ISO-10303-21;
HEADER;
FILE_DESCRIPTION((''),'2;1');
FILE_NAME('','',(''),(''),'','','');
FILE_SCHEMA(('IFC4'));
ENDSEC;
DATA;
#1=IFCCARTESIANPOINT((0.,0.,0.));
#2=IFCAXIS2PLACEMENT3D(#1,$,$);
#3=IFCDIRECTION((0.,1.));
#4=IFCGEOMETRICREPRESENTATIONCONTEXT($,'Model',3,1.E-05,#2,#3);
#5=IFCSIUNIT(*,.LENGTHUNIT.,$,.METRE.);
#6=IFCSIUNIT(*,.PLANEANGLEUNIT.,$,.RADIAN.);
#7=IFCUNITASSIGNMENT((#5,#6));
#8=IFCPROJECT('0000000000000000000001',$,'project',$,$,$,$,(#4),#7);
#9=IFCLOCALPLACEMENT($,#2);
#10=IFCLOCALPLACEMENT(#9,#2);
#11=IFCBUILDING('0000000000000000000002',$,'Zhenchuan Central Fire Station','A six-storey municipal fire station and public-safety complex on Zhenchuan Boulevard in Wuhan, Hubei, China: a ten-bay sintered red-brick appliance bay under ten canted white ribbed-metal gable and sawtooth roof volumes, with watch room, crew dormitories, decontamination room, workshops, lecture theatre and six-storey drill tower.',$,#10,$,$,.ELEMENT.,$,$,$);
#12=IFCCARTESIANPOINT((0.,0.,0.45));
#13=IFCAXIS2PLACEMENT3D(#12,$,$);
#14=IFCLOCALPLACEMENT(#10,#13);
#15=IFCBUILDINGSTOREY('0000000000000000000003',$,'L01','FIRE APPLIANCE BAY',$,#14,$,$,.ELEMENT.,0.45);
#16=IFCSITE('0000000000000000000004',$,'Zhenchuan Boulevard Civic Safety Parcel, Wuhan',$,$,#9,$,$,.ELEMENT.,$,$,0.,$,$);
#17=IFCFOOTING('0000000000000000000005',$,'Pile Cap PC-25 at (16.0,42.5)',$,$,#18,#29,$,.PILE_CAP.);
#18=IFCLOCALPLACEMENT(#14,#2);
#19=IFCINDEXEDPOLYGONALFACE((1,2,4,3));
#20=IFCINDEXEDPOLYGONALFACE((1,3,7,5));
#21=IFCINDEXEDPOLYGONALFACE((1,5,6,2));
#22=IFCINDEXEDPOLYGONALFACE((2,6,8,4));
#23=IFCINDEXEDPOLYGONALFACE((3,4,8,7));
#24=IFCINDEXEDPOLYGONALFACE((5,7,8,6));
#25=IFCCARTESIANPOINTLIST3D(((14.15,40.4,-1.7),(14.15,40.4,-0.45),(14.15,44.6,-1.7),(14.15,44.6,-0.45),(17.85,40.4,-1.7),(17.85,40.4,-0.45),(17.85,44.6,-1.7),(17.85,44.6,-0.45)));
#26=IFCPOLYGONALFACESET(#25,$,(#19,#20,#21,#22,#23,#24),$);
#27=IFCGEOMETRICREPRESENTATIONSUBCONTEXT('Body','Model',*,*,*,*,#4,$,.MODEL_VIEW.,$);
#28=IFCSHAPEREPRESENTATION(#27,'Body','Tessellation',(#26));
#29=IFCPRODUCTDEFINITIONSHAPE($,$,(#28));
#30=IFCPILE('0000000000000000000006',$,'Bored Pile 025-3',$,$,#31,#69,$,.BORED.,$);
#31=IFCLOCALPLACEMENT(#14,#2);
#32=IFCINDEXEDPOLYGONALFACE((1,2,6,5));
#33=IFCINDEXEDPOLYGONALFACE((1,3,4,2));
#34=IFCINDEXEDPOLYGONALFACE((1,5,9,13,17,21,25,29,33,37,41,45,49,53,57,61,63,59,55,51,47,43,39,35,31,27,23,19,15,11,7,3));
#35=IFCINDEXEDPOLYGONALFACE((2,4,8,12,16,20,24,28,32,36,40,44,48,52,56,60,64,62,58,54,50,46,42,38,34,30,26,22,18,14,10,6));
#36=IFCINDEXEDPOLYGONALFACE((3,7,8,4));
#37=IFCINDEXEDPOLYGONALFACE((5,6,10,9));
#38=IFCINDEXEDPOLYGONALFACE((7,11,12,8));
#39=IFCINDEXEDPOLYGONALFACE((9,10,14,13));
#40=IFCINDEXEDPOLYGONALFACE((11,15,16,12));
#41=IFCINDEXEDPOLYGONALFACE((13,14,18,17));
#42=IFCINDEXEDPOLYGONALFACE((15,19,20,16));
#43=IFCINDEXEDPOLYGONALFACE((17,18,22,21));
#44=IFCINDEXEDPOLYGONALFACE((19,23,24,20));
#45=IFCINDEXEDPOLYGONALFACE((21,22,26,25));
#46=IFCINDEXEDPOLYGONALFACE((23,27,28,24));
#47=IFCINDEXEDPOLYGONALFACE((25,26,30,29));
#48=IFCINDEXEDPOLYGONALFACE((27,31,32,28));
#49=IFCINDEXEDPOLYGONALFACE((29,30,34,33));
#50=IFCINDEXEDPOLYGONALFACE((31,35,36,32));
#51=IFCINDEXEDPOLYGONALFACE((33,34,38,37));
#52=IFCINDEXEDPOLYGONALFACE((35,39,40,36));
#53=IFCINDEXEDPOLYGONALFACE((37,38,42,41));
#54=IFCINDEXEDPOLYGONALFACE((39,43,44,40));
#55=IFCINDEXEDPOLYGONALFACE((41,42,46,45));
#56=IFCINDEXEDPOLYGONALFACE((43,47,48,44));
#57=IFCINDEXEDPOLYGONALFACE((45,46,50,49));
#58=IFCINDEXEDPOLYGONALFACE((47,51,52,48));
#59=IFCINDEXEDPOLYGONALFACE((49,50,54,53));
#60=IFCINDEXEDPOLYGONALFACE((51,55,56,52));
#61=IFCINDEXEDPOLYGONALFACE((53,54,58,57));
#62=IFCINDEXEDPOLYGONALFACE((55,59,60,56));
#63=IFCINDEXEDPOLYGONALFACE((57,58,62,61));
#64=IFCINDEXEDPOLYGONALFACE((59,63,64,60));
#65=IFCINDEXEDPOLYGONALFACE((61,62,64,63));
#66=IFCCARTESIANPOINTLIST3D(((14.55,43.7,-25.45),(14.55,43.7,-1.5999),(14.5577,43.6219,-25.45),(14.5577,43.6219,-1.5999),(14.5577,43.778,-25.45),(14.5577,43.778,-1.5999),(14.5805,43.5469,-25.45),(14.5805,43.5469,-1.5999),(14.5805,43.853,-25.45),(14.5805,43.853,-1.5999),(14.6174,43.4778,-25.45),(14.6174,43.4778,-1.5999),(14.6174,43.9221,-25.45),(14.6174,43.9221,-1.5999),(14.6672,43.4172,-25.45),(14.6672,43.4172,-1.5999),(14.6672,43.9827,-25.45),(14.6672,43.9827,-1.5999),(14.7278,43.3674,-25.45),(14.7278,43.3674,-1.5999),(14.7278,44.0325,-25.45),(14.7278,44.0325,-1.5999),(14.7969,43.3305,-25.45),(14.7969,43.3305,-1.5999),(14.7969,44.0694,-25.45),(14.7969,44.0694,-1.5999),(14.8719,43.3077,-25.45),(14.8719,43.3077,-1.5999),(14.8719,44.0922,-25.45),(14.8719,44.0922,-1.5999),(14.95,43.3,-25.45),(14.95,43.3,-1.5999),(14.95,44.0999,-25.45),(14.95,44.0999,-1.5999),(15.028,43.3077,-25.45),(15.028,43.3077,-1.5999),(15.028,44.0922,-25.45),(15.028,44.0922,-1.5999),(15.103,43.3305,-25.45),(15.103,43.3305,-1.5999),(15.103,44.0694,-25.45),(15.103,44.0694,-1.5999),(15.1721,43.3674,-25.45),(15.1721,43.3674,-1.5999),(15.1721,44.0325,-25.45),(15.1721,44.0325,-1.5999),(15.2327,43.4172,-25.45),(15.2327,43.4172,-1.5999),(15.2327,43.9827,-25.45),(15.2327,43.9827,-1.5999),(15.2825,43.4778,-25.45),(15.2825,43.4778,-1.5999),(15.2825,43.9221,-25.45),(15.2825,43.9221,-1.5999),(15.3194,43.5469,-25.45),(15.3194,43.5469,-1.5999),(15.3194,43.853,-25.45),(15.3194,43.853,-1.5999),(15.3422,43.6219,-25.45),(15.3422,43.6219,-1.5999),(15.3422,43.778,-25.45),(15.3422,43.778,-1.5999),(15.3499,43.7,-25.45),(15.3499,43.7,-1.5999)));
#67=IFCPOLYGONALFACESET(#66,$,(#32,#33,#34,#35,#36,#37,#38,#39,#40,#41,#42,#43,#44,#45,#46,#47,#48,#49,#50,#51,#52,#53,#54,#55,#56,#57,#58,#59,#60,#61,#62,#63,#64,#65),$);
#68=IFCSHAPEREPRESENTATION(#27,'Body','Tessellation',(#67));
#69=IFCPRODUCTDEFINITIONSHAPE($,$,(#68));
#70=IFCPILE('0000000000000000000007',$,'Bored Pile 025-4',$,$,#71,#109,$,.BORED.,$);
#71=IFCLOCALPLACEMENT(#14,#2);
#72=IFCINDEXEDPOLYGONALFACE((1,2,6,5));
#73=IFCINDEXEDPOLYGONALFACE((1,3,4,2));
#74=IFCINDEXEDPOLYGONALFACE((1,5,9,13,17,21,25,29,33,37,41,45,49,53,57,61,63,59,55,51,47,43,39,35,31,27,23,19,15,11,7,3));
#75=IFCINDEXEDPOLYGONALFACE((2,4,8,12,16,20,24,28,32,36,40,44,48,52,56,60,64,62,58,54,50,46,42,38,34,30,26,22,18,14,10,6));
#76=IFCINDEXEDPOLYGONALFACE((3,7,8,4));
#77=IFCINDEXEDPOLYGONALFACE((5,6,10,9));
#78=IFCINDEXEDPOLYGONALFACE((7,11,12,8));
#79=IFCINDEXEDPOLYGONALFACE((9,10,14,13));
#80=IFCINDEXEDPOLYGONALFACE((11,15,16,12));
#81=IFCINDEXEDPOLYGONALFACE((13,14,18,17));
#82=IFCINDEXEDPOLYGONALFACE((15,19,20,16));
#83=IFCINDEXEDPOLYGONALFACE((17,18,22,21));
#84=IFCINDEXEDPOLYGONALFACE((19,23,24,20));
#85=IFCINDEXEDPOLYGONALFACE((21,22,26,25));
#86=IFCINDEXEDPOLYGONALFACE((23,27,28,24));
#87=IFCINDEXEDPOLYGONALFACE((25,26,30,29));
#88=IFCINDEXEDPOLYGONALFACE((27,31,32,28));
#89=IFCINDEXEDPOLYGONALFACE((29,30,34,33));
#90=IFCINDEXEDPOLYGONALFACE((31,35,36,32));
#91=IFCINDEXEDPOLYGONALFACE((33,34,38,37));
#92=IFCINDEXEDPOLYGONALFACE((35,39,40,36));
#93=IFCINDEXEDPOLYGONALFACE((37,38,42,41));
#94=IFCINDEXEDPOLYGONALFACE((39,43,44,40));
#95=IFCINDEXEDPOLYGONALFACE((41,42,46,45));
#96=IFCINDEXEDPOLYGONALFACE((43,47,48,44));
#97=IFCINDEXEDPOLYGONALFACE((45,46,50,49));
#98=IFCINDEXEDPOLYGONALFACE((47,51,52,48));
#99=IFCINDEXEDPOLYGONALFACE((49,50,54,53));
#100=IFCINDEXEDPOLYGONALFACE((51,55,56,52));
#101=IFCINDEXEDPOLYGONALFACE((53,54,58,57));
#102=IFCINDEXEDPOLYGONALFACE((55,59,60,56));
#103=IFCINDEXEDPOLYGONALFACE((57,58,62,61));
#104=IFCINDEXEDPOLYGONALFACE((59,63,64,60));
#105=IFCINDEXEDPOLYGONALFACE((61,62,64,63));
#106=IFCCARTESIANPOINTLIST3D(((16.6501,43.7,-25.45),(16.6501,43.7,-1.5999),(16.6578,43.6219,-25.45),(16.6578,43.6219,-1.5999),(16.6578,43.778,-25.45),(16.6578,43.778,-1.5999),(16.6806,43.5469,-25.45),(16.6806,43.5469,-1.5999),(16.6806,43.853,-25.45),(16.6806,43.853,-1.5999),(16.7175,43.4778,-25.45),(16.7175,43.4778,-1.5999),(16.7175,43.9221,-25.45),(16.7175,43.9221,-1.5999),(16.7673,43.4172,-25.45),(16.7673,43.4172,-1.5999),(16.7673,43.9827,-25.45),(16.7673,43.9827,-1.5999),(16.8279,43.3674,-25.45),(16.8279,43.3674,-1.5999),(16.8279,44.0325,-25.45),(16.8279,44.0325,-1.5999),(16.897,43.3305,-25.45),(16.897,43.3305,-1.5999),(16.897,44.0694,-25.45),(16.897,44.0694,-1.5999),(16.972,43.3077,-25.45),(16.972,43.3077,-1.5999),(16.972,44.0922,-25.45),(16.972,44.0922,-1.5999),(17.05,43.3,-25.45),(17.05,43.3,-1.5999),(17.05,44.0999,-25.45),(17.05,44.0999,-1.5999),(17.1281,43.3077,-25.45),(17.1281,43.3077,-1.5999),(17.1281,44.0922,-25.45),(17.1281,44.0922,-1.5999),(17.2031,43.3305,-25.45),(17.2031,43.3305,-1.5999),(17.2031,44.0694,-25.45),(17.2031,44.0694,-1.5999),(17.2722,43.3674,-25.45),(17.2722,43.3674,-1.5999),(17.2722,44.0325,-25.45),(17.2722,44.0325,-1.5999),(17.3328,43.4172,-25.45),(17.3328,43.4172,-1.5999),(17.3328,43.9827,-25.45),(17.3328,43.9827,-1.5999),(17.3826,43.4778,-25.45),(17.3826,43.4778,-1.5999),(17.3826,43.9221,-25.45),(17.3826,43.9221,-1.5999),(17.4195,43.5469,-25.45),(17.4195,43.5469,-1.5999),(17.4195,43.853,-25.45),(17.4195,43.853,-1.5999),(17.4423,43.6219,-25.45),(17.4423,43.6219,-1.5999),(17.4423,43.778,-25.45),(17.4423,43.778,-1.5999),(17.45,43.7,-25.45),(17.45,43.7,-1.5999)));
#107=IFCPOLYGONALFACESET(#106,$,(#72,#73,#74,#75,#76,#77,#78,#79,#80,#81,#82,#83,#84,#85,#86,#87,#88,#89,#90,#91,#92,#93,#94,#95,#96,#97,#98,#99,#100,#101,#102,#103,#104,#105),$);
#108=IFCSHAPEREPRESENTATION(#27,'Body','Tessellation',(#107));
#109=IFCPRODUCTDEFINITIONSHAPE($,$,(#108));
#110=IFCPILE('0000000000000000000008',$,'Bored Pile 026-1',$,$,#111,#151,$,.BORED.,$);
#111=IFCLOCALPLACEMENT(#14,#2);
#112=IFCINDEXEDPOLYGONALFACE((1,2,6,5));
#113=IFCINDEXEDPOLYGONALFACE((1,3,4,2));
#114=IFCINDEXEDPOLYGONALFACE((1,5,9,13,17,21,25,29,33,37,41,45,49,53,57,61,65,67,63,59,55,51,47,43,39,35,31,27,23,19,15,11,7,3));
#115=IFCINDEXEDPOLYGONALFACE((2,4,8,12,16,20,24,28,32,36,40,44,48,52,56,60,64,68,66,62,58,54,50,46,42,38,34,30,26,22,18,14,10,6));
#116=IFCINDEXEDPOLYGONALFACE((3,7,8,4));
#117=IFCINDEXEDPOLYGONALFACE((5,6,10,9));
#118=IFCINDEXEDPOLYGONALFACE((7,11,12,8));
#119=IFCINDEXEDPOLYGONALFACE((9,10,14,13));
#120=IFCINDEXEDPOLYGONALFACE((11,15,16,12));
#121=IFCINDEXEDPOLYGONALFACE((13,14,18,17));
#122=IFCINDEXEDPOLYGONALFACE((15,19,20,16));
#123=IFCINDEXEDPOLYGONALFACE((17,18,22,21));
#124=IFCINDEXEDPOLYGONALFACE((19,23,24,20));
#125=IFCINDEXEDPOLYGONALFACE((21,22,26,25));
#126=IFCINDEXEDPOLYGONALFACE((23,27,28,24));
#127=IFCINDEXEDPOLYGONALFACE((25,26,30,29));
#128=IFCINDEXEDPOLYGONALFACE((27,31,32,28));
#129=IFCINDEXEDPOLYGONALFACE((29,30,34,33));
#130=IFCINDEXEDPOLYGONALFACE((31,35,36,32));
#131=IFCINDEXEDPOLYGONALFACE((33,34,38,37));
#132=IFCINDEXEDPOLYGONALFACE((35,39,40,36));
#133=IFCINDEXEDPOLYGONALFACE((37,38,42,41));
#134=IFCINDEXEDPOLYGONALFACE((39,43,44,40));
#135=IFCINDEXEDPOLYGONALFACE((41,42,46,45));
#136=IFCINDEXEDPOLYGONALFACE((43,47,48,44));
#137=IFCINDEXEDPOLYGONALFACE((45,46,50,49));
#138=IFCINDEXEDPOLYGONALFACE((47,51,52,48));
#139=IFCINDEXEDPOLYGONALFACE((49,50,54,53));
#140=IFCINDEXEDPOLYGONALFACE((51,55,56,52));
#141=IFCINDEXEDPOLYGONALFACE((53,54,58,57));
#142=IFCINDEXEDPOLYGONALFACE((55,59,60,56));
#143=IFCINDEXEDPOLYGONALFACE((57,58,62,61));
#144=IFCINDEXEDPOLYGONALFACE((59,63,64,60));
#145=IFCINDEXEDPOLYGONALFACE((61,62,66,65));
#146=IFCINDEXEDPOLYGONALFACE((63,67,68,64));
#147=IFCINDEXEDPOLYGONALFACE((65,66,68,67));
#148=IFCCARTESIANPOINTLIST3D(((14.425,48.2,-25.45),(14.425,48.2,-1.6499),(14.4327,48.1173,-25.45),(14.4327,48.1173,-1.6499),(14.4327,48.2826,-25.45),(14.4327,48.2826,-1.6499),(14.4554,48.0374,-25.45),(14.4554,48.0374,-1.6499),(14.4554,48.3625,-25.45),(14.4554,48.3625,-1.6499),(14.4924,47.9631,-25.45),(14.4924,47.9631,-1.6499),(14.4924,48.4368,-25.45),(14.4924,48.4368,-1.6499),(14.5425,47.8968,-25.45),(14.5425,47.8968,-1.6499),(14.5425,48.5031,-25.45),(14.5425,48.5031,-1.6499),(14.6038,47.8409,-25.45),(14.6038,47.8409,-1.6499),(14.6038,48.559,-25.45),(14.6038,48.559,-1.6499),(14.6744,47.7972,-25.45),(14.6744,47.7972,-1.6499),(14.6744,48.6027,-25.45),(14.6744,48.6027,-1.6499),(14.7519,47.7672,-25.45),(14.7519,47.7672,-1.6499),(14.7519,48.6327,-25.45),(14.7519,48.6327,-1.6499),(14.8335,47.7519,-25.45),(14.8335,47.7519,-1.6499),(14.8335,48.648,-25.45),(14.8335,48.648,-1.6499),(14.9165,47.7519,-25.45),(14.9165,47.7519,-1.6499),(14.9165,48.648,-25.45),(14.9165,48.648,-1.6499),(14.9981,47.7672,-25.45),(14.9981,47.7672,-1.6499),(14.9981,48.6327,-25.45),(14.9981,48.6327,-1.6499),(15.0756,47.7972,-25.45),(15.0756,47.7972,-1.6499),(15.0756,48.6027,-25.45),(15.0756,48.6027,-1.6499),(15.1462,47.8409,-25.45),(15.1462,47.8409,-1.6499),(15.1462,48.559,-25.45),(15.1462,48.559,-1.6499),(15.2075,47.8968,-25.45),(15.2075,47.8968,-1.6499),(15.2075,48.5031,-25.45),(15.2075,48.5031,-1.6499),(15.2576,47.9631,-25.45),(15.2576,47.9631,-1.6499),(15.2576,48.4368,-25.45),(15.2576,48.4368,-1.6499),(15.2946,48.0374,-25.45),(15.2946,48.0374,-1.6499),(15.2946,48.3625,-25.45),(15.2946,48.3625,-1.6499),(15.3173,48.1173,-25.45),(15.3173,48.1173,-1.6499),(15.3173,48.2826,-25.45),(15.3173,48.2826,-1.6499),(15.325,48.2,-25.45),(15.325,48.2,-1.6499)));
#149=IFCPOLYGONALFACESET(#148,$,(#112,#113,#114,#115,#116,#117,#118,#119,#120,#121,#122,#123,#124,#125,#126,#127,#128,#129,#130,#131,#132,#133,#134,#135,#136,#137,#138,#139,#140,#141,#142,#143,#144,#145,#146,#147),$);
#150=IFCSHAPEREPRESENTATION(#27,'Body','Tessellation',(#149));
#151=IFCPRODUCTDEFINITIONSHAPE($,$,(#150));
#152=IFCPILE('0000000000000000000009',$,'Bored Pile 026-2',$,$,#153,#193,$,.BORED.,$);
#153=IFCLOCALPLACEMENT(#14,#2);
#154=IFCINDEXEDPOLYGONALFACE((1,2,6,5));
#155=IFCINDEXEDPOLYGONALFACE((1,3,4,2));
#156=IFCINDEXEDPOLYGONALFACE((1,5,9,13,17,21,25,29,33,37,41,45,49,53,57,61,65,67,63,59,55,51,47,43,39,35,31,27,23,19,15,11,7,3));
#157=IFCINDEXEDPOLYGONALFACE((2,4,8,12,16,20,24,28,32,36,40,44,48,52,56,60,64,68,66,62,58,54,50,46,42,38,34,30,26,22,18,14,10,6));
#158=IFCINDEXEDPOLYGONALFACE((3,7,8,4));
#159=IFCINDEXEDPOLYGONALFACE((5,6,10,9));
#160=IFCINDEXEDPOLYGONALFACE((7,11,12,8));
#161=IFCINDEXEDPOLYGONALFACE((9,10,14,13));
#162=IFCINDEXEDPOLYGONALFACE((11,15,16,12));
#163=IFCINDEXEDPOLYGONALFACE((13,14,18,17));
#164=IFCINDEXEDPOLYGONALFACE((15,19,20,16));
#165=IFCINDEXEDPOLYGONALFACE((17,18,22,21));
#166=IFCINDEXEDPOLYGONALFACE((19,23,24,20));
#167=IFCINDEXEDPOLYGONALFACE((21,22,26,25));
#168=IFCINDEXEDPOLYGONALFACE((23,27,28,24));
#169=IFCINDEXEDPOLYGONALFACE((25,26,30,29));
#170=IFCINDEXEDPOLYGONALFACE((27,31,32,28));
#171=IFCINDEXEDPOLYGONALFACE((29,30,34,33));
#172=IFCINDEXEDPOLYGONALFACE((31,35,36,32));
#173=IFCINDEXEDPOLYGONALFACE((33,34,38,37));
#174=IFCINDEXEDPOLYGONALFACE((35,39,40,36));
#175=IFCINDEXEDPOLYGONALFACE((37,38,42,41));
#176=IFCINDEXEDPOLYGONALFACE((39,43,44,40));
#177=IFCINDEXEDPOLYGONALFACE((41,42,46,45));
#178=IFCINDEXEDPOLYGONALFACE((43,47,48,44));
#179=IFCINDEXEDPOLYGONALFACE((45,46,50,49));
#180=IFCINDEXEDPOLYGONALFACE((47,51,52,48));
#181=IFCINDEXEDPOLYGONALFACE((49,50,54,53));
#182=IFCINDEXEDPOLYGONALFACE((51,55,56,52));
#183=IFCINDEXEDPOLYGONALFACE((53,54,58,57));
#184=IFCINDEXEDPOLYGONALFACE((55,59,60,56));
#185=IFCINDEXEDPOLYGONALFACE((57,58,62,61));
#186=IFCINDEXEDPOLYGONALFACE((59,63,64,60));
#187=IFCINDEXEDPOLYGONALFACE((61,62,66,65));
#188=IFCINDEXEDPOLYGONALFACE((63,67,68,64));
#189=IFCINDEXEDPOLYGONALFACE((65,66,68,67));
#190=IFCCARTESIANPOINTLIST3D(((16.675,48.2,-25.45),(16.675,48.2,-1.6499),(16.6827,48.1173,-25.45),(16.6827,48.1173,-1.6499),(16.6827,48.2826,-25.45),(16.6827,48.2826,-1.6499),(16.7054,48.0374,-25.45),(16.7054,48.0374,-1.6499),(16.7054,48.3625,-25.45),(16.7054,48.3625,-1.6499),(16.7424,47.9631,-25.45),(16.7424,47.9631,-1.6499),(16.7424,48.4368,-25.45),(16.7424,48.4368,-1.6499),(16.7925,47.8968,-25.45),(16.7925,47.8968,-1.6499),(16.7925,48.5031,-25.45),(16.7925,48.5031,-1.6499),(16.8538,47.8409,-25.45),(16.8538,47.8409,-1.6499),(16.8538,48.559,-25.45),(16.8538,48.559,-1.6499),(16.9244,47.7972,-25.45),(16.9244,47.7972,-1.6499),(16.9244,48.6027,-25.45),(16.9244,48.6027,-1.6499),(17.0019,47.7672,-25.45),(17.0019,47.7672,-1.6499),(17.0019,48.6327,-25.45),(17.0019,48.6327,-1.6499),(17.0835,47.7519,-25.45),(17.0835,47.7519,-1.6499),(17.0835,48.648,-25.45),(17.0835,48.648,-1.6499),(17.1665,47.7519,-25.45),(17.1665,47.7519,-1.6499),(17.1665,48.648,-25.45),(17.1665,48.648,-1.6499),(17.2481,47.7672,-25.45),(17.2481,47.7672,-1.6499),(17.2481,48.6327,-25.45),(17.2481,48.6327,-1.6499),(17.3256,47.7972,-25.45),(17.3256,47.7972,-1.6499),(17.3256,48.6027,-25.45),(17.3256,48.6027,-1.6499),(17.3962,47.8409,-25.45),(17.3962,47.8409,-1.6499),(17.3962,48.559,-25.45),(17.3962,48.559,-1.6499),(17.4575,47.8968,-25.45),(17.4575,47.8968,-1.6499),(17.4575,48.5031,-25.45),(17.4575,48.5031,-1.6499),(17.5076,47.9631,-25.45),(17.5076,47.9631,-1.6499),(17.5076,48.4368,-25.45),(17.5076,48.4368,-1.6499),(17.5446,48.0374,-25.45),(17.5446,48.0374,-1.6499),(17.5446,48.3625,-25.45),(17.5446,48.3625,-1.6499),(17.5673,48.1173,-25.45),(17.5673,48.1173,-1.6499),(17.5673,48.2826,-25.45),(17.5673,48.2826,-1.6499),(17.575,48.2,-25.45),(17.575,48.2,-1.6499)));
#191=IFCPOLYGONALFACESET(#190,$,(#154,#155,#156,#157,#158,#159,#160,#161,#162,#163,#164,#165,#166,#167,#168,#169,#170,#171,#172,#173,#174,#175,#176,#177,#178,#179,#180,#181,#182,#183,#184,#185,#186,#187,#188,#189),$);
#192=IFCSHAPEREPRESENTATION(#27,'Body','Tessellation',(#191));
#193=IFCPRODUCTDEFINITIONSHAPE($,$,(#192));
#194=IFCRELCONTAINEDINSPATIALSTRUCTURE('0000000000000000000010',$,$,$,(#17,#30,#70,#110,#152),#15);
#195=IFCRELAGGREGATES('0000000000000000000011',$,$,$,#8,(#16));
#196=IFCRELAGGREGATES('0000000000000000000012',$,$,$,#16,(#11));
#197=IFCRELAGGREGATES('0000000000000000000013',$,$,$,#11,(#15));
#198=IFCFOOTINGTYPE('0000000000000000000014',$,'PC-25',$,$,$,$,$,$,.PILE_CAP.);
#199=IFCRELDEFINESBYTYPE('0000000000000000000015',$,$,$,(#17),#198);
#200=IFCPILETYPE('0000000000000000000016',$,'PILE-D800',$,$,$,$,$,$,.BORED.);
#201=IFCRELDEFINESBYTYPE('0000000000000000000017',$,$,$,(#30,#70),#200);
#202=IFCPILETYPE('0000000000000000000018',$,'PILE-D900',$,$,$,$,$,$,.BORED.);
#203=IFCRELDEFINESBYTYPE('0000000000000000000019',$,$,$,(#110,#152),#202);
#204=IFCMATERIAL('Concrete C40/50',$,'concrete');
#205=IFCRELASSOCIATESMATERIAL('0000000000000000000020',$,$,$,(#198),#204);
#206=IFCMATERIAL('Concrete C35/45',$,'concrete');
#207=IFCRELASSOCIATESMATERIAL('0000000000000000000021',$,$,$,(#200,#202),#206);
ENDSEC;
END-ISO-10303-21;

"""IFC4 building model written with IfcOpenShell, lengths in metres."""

from ifc_helpers import new_model, si_unit, direction, frame, origin, origin_2d, place, context, subcontext, project, spatial, rectangle, circle, extrude, material, material_profile, profile_set, type_object, element, save


model = new_model("IFC4")

# Units and contexts
model_context = context("Model", 3, precision=1e-05, world=origin(), true_north=direction((0.0, 1.0)))
body_context = subcontext(model_context, "Body", "Model", "MODEL_VIEW")
ifc_project = project(units=[si_unit("LENGTHUNIT", "METRE"), si_unit("PLANEANGLEUNIT", "RADIAN")], contexts=[model_context])

# Site, building, storey
site_placement = place(None, origin())
site = spatial("IfcSite", under=ifc_project, at=site_placement, Name="Zhenchuan Boulevard Civic Safety Parcel, Wuhan", CompositionType="ELEMENT", RefElevation=0.0)
building_placement = place(site_placement, origin())
building = spatial("IfcBuilding", under=site, at=building_placement, Name="Zhenchuan Central Fire Station", Description="A six-storey municipal fire station and public-safety complex on Zhenchuan Boulevard in Wuhan, Hubei, China: a ten-bay sintered red-brick appliance bay under ten canted white ribbed-metal gable and sawtooth roof volumes, with watch room, crew dormitories, decontamination room, workshops, lecture theatre and six-storey drill tower.", CompositionType="ELEMENT")
storey_placement = place(building_placement, frame((0.0, 0.0, 0.45)))
storey = spatial("IfcBuildingStorey", under=building, at=storey_placement, Name="L01", Description="FIRE APPLIANCE BAY", CompositionType="ELEMENT", Elevation=0.45)

# Footing
ifc_material_1 = material(Name="Concrete C40/50", Category="concrete")
footing_type = type_object("IfcFootingType", Name="PC-25", PredefinedType="PILE_CAP", material=ifc_material_1)
footing_placement = place(storey_placement, frame((16.0, 42.5, -1.7), z_axis=(0.0, 0.0, 1.0), x_axis=(1.0, 0.0, 0.0)))
element("IfcFooting", 1, at=footing_placement, inside=storey, type_object=footing_type, Name="Pile Cap PC-25 at (16.0,42.5)", PredefinedType="PILE_CAP", context=body_context, shape_type="SweptSolid", body=[
    extrude(rectangle(XDim=3.7, YDim=4.2, at=origin_2d()), origin(), (0.0, 0.0, 1.0), 1.25),
])

# Piles
ifc_material_2 = material(Name="Concrete C35/45", Category="concrete")
ifc_material_profile_1 = material_profile(ifc_material_2, circle(Radius=0.3999, at=origin_2d()), Name="PILE D800")
ifc_profile_set_1 = profile_set([ifc_material_profile_1], Name="Concrete C35/45")
pile_type_1 = type_object("IfcPileType", Name="PILE-D800", PredefinedType="BORED", material=ifc_profile_set_1)
for number, where, z_axis, x_axis, name in (
    (2, (14.95, 43.7, -1.5999), (0.0, 0.0, -1.0), (1.0, 0.0, 0.0), "Bored Pile 025-3"),
    (3, (17.05, 43.7, -1.5999), (0.0, 0.0, -1.0), (1.0, 0.0, 0.0), "Bored Pile 025-4"),
):
    element("IfcPile", number, at=place(storey_placement, frame(where, z_axis=z_axis, x_axis=x_axis)), inside=storey, type_object=pile_type_1, Name=name, PredefinedType="BORED", context=body_context, shape_type="SweptSolid", body=[
        extrude(circle(Radius=0.3999, at=origin_2d()), origin(), (0.0, 0.0, 1.0), 23.8501),
    ])
ifc_material_profile_2 = material_profile(ifc_material_2, circle(Radius=0.45, at=origin_2d()), Name="PILE D900")
ifc_profile_set_2 = profile_set([ifc_material_profile_2], Name="Concrete C35/45")
pile_type_2 = type_object("IfcPileType", Name="PILE-D900", PredefinedType="BORED", material=ifc_profile_set_2)
for number, where, z_axis, x_axis, name in (
    (4, (14.875, 48.2, -1.6499), (0.0, 0.0, -1.0), (1.0, 0.0, 0.0), "Bored Pile 026-1"),
    (5, (17.125, 48.2, -1.6499), (0.0, 0.0, -1.0), (1.0, 0.0, 0.0), "Bored Pile 026-2"),
):
    element("IfcPile", number, at=place(storey_placement, frame(where, z_axis=z_axis, x_axis=x_axis)), inside=storey, type_object=pile_type_2, Name=name, PredefinedType="BORED", context=body_context, shape_type="SweptSolid", body=[
        extrude(circle(Radius=0.45, at=origin_2d()), origin(), (0.0, 0.0, 1.0), 23.8),
    ])

save(model, "model.ifc")
